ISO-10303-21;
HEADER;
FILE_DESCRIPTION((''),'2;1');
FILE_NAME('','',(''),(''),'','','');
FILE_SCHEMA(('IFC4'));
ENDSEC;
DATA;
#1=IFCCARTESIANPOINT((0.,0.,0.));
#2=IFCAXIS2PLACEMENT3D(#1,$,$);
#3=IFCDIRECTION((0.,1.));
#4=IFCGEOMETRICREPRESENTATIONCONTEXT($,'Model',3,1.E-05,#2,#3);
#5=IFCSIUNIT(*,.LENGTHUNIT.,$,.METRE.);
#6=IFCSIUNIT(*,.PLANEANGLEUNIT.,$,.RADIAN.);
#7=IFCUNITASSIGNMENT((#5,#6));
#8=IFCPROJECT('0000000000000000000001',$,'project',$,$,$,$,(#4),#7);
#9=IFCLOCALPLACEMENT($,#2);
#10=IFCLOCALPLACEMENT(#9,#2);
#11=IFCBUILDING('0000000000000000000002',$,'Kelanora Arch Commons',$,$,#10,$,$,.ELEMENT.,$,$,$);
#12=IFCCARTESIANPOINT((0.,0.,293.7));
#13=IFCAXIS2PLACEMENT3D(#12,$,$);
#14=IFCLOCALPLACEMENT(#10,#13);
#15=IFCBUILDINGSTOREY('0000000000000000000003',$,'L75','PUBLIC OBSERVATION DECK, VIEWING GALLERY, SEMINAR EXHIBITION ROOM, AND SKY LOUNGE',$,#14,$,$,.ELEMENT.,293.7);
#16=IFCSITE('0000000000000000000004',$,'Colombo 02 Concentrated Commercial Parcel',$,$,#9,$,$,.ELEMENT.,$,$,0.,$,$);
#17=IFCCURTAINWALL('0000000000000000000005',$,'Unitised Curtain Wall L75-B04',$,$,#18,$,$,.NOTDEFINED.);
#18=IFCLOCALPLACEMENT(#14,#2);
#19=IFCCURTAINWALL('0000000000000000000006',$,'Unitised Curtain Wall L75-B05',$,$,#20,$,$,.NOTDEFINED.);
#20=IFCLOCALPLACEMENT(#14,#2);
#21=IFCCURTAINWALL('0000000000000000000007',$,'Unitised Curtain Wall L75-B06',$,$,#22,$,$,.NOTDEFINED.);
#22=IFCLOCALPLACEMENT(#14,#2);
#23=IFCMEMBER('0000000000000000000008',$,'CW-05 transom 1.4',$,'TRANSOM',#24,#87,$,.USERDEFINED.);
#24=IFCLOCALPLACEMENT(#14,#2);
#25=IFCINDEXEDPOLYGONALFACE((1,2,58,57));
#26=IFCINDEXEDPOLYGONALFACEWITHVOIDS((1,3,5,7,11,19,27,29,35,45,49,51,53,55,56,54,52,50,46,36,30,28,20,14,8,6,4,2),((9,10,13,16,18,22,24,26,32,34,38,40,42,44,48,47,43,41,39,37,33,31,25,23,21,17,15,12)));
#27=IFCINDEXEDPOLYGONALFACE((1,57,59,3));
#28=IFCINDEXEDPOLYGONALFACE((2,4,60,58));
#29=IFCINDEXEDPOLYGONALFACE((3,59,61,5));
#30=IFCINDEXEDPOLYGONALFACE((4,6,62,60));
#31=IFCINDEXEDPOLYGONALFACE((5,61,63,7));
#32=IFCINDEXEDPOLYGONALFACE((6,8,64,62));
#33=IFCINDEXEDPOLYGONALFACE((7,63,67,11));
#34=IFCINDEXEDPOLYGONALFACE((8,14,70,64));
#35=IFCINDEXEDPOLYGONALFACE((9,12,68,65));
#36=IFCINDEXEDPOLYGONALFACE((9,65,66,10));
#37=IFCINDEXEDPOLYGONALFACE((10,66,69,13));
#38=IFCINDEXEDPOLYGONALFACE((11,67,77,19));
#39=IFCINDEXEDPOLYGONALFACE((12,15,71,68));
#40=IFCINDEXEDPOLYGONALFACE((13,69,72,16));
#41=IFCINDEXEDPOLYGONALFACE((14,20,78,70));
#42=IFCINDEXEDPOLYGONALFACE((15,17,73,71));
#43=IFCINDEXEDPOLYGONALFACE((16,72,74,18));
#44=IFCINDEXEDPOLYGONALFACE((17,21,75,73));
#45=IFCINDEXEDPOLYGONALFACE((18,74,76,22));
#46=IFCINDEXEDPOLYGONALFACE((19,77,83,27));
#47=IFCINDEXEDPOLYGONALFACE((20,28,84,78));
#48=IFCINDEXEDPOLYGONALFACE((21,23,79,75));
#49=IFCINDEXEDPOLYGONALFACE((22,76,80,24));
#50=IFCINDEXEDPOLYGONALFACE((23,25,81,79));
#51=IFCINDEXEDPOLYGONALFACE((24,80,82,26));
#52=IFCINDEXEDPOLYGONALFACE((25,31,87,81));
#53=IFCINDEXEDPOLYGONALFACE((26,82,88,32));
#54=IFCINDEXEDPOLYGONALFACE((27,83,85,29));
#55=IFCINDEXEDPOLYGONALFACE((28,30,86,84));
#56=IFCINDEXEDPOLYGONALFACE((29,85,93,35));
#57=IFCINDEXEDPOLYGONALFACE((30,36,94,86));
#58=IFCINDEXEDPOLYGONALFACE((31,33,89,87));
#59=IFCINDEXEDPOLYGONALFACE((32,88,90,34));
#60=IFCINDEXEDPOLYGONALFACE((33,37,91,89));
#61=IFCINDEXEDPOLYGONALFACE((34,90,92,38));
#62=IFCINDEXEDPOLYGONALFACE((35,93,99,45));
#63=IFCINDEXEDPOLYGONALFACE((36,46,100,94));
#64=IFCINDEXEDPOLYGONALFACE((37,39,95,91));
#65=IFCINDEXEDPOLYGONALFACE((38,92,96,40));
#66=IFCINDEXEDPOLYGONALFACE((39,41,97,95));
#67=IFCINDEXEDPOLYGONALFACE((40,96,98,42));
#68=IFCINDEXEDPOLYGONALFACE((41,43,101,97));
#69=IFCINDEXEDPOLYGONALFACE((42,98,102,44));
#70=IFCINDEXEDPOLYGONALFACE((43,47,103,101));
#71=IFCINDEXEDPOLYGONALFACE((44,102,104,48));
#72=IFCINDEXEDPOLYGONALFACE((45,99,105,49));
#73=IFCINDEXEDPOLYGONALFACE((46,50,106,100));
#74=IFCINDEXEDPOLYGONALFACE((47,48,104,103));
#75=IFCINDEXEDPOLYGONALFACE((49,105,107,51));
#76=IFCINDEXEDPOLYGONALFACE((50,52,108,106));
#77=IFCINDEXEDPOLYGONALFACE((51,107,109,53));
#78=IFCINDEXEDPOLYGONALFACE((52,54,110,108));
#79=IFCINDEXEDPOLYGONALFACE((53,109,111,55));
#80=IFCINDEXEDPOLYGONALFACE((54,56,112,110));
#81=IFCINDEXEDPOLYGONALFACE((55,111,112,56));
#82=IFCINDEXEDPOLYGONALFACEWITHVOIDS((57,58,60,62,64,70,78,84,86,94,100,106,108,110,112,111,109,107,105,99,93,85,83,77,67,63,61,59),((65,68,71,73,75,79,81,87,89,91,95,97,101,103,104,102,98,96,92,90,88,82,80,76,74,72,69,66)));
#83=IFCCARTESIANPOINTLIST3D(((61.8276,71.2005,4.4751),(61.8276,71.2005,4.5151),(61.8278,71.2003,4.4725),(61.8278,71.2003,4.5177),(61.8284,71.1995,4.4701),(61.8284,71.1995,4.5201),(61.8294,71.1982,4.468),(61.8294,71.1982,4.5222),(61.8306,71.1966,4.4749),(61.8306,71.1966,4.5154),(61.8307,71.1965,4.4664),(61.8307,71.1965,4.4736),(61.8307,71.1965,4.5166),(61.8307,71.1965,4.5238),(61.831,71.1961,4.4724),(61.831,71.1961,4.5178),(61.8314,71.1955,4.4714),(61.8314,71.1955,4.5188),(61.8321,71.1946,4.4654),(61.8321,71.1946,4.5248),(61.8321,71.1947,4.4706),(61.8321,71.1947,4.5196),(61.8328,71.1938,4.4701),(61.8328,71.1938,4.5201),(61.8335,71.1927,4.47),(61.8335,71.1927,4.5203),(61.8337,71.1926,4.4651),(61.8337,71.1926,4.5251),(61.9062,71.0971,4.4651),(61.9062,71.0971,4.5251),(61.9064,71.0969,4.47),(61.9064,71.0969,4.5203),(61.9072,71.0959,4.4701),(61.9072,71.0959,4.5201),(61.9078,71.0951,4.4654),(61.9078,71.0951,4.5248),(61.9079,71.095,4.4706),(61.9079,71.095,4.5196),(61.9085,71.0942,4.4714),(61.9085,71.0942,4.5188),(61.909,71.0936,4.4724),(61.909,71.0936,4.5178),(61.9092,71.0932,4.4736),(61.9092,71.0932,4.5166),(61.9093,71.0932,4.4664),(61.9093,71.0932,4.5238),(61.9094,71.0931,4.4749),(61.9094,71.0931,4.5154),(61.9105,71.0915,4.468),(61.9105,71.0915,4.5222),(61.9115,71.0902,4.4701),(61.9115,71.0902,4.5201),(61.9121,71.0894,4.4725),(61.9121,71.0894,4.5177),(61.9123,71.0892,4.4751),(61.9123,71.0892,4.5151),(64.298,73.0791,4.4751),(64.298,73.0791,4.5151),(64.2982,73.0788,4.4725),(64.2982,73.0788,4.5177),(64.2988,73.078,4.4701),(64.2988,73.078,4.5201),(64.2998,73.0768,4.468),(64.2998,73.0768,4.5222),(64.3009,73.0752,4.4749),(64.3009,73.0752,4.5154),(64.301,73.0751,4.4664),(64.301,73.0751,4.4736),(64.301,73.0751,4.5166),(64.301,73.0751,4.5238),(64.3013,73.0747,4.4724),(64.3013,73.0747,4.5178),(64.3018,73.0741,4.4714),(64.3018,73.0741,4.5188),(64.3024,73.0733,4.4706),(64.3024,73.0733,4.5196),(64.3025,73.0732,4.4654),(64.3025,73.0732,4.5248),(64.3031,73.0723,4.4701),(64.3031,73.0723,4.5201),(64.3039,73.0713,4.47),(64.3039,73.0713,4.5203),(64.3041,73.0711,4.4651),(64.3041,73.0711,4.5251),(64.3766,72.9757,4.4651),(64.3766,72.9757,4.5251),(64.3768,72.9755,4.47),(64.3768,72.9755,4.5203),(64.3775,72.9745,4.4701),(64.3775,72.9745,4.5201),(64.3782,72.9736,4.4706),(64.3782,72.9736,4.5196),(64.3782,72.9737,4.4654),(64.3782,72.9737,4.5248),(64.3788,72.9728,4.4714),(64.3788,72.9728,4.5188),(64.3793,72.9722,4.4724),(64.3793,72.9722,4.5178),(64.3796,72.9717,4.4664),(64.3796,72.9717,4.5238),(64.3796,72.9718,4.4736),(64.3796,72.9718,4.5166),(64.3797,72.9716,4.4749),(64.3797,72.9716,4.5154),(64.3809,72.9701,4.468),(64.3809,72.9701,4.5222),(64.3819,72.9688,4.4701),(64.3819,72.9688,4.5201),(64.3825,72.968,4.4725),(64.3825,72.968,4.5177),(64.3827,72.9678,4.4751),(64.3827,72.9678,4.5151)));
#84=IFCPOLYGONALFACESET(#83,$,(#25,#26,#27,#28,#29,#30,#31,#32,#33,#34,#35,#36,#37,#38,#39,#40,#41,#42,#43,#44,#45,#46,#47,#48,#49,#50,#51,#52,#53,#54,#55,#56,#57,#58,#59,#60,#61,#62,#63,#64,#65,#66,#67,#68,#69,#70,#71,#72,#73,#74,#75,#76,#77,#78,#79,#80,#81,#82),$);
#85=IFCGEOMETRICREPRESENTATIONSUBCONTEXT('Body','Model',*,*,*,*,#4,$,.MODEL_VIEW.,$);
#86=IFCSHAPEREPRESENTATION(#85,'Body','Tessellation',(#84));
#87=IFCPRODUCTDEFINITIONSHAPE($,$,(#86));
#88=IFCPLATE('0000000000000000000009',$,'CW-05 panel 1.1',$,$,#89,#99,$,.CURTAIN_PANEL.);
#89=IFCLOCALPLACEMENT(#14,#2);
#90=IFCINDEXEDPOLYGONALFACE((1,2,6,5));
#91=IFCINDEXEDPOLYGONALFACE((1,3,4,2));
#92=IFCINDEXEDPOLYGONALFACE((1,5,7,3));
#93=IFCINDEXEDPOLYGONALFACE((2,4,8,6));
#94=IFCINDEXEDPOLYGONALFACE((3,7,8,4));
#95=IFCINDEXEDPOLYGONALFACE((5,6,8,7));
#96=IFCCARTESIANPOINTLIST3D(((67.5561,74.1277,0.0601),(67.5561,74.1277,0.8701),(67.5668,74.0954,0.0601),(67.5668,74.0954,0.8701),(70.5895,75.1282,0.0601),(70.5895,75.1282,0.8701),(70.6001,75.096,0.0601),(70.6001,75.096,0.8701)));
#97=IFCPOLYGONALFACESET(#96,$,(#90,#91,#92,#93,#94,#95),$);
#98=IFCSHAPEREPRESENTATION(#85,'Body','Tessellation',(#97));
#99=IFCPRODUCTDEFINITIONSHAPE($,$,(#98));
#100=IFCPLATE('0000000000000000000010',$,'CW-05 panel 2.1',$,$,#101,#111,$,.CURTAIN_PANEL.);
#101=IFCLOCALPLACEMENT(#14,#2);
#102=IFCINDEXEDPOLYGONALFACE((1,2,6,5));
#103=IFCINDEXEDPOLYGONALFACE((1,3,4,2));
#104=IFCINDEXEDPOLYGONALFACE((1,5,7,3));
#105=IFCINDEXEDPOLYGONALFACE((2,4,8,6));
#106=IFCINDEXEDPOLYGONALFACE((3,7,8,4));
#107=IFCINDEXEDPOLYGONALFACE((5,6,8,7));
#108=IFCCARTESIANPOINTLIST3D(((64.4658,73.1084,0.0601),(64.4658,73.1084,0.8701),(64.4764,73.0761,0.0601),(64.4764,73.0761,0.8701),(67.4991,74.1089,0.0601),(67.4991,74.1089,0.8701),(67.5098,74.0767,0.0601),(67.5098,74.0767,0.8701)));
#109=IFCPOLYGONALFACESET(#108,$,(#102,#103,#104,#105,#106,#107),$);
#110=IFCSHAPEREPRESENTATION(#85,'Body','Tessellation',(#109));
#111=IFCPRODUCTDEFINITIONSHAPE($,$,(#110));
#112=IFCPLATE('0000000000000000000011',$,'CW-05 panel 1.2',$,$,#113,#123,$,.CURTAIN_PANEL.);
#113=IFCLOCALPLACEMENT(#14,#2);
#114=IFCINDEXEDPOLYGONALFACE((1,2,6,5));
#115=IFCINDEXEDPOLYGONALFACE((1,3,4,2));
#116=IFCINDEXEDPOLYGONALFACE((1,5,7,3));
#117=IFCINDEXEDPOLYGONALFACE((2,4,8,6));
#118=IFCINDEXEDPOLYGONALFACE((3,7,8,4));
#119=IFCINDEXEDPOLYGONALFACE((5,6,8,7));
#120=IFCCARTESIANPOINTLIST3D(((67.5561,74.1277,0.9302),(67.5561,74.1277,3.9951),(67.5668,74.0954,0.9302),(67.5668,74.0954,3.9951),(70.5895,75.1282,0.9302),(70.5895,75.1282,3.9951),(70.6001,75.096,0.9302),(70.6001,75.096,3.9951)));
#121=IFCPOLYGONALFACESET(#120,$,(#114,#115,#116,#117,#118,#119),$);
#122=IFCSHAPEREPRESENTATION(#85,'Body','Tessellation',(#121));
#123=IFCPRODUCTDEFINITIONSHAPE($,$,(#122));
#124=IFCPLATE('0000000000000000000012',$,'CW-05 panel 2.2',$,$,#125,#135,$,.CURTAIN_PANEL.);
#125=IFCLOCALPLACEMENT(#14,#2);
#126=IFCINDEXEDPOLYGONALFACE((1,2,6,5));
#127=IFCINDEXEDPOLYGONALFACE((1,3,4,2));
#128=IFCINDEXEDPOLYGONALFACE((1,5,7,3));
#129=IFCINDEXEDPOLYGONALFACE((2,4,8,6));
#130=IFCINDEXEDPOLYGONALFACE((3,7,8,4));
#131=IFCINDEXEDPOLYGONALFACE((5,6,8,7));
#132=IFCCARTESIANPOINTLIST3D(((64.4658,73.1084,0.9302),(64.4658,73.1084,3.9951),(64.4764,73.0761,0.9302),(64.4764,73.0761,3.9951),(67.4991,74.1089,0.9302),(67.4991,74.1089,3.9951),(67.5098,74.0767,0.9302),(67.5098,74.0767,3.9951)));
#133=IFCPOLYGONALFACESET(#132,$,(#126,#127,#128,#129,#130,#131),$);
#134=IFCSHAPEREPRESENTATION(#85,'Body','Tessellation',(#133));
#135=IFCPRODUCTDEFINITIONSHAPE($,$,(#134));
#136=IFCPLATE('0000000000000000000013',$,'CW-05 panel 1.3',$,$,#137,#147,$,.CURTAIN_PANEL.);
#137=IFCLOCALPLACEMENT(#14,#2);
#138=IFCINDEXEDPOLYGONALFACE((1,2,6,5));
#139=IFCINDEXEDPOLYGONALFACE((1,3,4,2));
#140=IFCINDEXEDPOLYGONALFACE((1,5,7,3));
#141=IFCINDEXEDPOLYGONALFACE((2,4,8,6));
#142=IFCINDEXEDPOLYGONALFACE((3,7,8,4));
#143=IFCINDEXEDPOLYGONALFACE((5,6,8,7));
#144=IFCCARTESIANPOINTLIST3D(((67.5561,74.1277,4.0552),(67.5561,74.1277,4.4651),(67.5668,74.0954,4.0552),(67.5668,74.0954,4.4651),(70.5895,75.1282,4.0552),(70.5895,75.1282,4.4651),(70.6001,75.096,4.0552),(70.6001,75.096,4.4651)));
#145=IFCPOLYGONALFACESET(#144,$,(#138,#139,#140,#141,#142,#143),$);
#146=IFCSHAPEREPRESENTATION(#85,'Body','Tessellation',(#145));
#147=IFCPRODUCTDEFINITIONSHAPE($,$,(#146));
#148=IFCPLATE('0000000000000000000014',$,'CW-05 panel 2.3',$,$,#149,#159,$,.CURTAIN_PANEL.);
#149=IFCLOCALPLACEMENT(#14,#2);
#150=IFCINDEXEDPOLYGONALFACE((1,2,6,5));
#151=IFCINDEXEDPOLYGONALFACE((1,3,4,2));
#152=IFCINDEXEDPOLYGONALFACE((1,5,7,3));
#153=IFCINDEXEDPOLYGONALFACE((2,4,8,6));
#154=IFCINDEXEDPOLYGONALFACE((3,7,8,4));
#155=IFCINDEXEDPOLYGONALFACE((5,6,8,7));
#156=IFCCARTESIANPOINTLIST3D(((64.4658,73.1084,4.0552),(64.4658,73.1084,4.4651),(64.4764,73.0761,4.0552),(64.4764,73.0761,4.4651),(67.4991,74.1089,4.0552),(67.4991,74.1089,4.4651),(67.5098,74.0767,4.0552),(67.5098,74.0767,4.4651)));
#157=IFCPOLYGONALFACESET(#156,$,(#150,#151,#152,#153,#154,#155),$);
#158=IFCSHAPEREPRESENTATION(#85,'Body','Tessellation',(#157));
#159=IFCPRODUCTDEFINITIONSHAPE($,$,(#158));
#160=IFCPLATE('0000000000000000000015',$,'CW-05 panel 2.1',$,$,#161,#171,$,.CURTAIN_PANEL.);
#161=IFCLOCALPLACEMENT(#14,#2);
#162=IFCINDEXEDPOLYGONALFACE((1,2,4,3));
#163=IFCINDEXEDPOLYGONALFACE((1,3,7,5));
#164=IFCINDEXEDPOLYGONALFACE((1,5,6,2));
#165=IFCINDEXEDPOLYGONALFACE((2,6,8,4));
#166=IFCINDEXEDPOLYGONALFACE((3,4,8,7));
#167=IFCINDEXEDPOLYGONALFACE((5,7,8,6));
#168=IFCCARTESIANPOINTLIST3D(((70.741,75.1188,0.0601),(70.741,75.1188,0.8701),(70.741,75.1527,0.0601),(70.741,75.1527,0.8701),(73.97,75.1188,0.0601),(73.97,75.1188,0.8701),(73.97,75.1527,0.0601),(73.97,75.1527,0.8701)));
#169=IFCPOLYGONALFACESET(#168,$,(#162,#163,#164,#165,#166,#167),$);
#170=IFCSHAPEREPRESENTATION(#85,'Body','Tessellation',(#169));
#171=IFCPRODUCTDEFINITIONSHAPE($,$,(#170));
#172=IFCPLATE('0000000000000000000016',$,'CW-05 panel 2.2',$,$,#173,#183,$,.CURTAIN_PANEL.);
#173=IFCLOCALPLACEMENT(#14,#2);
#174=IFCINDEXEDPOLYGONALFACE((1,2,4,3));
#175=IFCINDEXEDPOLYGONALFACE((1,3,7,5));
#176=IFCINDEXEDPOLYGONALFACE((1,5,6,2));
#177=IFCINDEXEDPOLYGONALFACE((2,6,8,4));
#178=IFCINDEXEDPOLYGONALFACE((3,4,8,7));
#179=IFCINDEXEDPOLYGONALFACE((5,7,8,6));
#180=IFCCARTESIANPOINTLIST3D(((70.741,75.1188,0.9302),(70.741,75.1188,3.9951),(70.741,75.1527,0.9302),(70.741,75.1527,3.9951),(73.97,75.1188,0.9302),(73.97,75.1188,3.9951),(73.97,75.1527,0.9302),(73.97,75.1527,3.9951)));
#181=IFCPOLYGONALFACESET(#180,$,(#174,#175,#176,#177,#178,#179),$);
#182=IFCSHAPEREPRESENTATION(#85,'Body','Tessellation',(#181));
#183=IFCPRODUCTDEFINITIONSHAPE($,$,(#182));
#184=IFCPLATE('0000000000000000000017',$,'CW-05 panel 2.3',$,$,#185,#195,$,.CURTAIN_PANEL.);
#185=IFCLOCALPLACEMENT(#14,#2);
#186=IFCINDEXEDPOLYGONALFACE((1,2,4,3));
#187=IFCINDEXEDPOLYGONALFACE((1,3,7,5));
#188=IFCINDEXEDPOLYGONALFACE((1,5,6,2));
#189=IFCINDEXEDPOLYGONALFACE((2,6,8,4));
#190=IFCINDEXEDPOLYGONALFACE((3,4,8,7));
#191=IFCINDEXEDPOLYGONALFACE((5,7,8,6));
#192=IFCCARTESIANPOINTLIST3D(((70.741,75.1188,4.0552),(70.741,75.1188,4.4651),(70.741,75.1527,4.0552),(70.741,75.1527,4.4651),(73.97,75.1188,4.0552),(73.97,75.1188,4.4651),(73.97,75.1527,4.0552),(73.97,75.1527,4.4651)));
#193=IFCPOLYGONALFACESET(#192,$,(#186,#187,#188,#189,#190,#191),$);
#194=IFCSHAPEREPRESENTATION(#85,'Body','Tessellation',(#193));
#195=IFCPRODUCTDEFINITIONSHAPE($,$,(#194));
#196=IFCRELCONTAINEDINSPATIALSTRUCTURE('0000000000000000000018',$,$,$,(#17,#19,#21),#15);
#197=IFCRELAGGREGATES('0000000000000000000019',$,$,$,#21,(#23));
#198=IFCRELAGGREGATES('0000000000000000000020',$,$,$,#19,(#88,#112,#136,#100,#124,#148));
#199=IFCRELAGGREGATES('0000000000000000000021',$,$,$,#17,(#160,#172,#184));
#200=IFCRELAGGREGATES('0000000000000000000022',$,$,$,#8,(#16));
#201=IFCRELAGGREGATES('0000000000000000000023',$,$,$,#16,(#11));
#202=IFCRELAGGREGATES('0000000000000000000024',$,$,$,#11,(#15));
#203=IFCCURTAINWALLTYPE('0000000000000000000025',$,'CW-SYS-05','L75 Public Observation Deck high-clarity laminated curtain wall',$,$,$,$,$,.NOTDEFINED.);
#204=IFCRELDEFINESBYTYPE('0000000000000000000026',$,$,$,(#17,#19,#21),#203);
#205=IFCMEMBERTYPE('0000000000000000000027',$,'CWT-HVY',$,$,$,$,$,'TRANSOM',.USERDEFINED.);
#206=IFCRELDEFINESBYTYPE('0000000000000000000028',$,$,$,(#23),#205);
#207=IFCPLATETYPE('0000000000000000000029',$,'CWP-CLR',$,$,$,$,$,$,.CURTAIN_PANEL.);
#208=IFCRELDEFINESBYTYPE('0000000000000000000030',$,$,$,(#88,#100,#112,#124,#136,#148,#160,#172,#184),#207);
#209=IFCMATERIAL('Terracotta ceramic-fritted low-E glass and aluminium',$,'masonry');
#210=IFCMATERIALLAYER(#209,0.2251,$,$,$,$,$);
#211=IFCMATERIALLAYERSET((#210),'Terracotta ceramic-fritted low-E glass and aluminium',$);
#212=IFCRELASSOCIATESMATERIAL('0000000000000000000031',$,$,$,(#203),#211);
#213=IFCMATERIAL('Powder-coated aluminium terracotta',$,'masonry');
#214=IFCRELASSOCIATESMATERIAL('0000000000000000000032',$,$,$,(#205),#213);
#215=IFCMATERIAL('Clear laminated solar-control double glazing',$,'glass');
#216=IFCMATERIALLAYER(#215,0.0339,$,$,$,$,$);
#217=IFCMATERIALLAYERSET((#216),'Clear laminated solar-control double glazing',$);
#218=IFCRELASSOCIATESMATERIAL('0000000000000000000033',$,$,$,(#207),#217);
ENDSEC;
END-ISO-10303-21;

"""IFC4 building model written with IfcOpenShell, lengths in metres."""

from ifc_helpers import new_model, si_unit, direction, frame, origin, origin_2d, place, context, subcontext, project, spatial, rectangle, hollow_rectangle, extrude, source, transform, mapped, material, layer, layer_set, material_profile, profile_set, type_object, element, aggregate, save


model = new_model("IFC4")

# Units and contexts
model_context = context("Model", 3, precision=1e-05, world=origin(), true_north=direction((0.0, 1.0)))
body_context = subcontext(model_context, "Body", "Model", "MODEL_VIEW")
ifc_project = project(units=[si_unit("LENGTHUNIT", "METRE"), si_unit("PLANEANGLEUNIT", "RADIAN")], contexts=[model_context])

# Site, building, storey
site_placement = place(None, origin())
site = spatial("IfcSite", under=ifc_project, at=site_placement, Name="Colombo 02 Concentrated Commercial Parcel", CompositionType="ELEMENT", RefElevation=0.0)
building_placement = place(site_placement, origin())
building = spatial("IfcBuilding", under=site, at=building_placement, Name="Kelanora Arch Commons", CompositionType="ELEMENT")
storey_placement = place(building_placement, frame((0.0, 0.0, 293.7)))
storey = spatial("IfcBuildingStorey", under=building, at=storey_placement, Name="L75", Description="PUBLIC OBSERVATION DECK, VIEWING GALLERY, SEMINAR EXHIBITION ROOM, AND SKY LOUNGE", CompositionType="ELEMENT", Elevation=293.7)

# Curtain wall
ifc_material_1 = material(Name="Terracotta ceramic-fritted low-E glass and aluminium", Category="masonry")
ifc_layer_1 = layer(ifc_material_1, 0.2251)
ifc_layer_set_1 = layer_set([ifc_layer_1], Name="Terracotta ceramic-fritted low-E glass and aluminium")
curtain_wall_type = type_object("IfcCurtainWallType", Name="CW-SYS-05", Description="L75 Public Observation Deck high-clarity laminated curtain wall", PredefinedType="NOTDEFINED", material=ifc_layer_set_1)
curtain_wall_1_placement = place(storey_placement, origin())
curtain_wall_1 = element("IfcCurtainWall", 1, at=curtain_wall_1_placement, inside=storey, type_object=curtain_wall_type, Name="Unitised Curtain Wall L75-B04", PredefinedType="NOTDEFINED")
ifc_material_2 = material(Name="Powder-coated aluminium terracotta", Category="masonry")

# Curtain wall
curtain_wall_2_placement = place(storey_placement, origin())
curtain_wall_2 = element("IfcCurtainWall", 2, at=curtain_wall_2_placement, inside=storey, type_object=curtain_wall_type, Name="Unitised Curtain Wall L75-B05", PredefinedType="NOTDEFINED")

# Curtain wall
curtain_wall_3_placement = place(storey_placement, origin())
curtain_wall_3 = element("IfcCurtainWall", 3, at=curtain_wall_3_placement, inside=storey, type_object=curtain_wall_type, Name="Unitised Curtain Wall L75-B06", PredefinedType="NOTDEFINED")

# Member
ifc_material_profile_1 = material_profile(ifc_material_2, hollow_rectangle(XDim=0.1399, YDim=0.0601, WallThickness=0.0049, InnerFilletRadius=0.0049, OuterFilletRadius=0.01, at=origin_2d()), Name="CWT140x60")
ifc_profile_set_1 = profile_set([ifc_material_profile_1], Name="Powder-coated aluminium terracotta")
member_type_1 = type_object("IfcMemberType", Name="CWT-HVY", ElementType="TRANSOM", PredefinedType="USERDEFINED", material=ifc_profile_set_1)
member_1_placement = place(storey_placement, frame((64.3403, 73.0234, 4.4951), z_axis=(-0.795989, -0.605311, 0.0), x_axis=(0.605311, -0.795989, 0.0)))
member_1 = element("IfcMember", 4, at=member_1_placement, type_object=member_type_1, Name="CW-05 transom 1.4", ObjectType="TRANSOM", PredefinedType="USERDEFINED", context=body_context, shape_type="SweptSolid", body=[
    extrude(hollow_rectangle(XDim=0.1399, YDim=0.0601, WallThickness=0.0049, InnerFilletRadius=0.0049, OuterFilletRadius=0.01, at=origin_2d()), origin(), (0.0, 0.0, 1.0), 3.1035),
])
aggregate(curtain_wall_3, [member_1])

# Plates
ifc_material_3 = material(Name="Clear laminated solar-control double glazing", Category="glass")
ifc_layer_2 = layer(ifc_material_3, 0.0339)
ifc_layer_set_2 = layer_set([ifc_layer_2], Name="Clear laminated solar-control double glazing")
plate_type = type_object("IfcPlateType", Name="CWP-CLR", PredefinedType="CURTAIN_PANEL", material=ifc_layer_set_2)
shared_shape_1 = source(origin(), body_context, "Body", "SweptSolid", [
    extrude(rectangle(XDim=3.1941, YDim=0.0339, at=origin_2d()), origin(), (0.0, 0.0, 1.0), 0.8101),
])
plate_1_placement = place(storey_placement, frame((69.0781, 74.6118, 0.0601), z_axis=(0.0, 0.0, 1.0), x_axis=(-0.94967, -0.313253, 0.0)))
plate_1 = element("IfcPlate", 5, at=plate_1_placement, type_object=plate_type, Name="CW-05 panel 1.1", PredefinedType="CURTAIN_PANEL", context=body_context, shape_type="MappedRepresentation", body=[
    mapped(shared_shape_1, transform((0.0, 0.0, 0.0), scale=1.0)),
])
plate_2_placement = place(storey_placement, frame((65.9878, 73.5925, 0.0601), z_axis=(0.0, 0.0, 1.0), x_axis=(-0.94967, -0.313253, 0.0)))
plate_2 = element("IfcPlate", 6, at=plate_2_placement, type_object=plate_type, Name="CW-05 panel 2.1", PredefinedType="CURTAIN_PANEL", context=body_context, shape_type="MappedRepresentation", body=[
    mapped(shared_shape_1, transform((0.0, 0.0, 0.0), scale=1.0)),
])
shared_shape_2 = source(origin(), body_context, "Body", "SweptSolid", [
    extrude(rectangle(XDim=3.1941, YDim=0.0339, at=origin_2d()), origin(), (0.0, 0.0, 1.0), 3.0649),
])
plate_3_placement = place(storey_placement, frame((69.0781, 74.6118, 0.9302), z_axis=(0.0, 0.0, 1.0), x_axis=(-0.94967, -0.313253, 0.0)))
plate_3 = element("IfcPlate", 7, at=plate_3_placement, type_object=plate_type, Name="CW-05 panel 1.2", PredefinedType="CURTAIN_PANEL", context=body_context, shape_type="MappedRepresentation", body=[
    mapped(shared_shape_2, transform((0.0, 0.0, 0.0), scale=1.0)),
])
plate_4_placement = place(storey_placement, frame((65.9878, 73.5925, 0.9302), z_axis=(0.0, 0.0, 1.0), x_axis=(-0.94967, -0.313253, 0.0)))
plate_4 = element("IfcPlate", 8, at=plate_4_placement, type_object=plate_type, Name="CW-05 panel 2.2", PredefinedType="CURTAIN_PANEL", context=body_context, shape_type="MappedRepresentation", body=[
    mapped(shared_shape_2, transform((0.0, 0.0, 0.0), scale=1.0)),
])
shared_shape_3 = source(origin(), body_context, "Body", "SweptSolid", [
    extrude(rectangle(XDim=3.1941, YDim=0.0339, at=origin_2d()), origin(), (0.0, 0.0, 1.0), 0.4099),
])
plate_5_placement = place(storey_placement, frame((69.0781, 74.6118, 4.0552), z_axis=(0.0, 0.0, 1.0), x_axis=(-0.94967, -0.313253, 0.0)))
plate_5 = element("IfcPlate", 9, at=plate_5_placement, type_object=plate_type, Name="CW-05 panel 1.3", PredefinedType="CURTAIN_PANEL", context=body_context, shape_type="MappedRepresentation", body=[
    mapped(shared_shape_3, transform((0.0, 0.0, 0.0), scale=1.0)),
])
plate_6_placement = place(storey_placement, frame((65.9878, 73.5925, 4.0552), z_axis=(0.0, 0.0, 1.0), x_axis=(-0.94967, -0.313253, 0.0)))
plate_6 = element("IfcPlate", 10, at=plate_6_placement, type_object=plate_type, Name="CW-05 panel 2.3", PredefinedType="CURTAIN_PANEL", context=body_context, shape_type="MappedRepresentation", body=[
    mapped(shared_shape_3, transform((0.0, 0.0, 0.0), scale=1.0)),
])
aggregate(curtain_wall_2, [plate_1, plate_3, plate_5, plate_2, plate_4, plate_6])
shared_shape_4 = source(origin(), body_context, "Body", "SweptSolid", [
    extrude(rectangle(XDim=3.229, YDim=0.0339, at=origin_2d()), origin(), (0.0, 0.0, 1.0), 0.8101),
])
plate_7_placement = place(storey_placement, frame((72.3555, 75.1357, 0.0601), z_axis=(0.0, 0.0, 1.0), x_axis=(-1.0, 0.0, 0.0)))
plate_7 = element("IfcPlate", 11, at=plate_7_placement, type_object=plate_type, Name="CW-05 panel 2.1", PredefinedType="CURTAIN_PANEL", context=body_context, shape_type="MappedRepresentation", body=[
    mapped(shared_shape_4, transform((0.0, 0.0, 0.0), scale=1.0)),
])
shared_shape_5 = source(origin(), body_context, "Body", "SweptSolid", [
    extrude(rectangle(XDim=3.229, YDim=0.0339, at=origin_2d()), origin(), (0.0, 0.0, 1.0), 3.0649),
])
plate_8_placement = place(storey_placement, frame((72.3555, 75.1357, 0.9302), z_axis=(0.0, 0.0, 1.0), x_axis=(-1.0, 0.0, 0.0)))
plate_8 = element("IfcPlate", 12, at=plate_8_placement, type_object=plate_type, Name="CW-05 panel 2.2", PredefinedType="CURTAIN_PANEL", context=body_context, shape_type="MappedRepresentation", body=[
    mapped(shared_shape_5, transform((0.0, 0.0, 0.0), scale=1.0)),
])
shared_shape_6 = source(origin(), body_context, "Body", "SweptSolid", [
    extrude(rectangle(XDim=3.229, YDim=0.0339, at=origin_2d()), origin(), (0.0, 0.0, 1.0), 0.4099),
])
plate_9_placement = place(storey_placement, frame((72.3555, 75.1357, 4.0552), z_axis=(0.0, 0.0, 1.0), x_axis=(-1.0, 0.0, 0.0)))
plate_9 = element("IfcPlate", 13, at=plate_9_placement, type_object=plate_type, Name="CW-05 panel 2.3", PredefinedType="CURTAIN_PANEL", context=body_context, shape_type="MappedRepresentation", body=[
    mapped(shared_shape_6, transform((0.0, 0.0, 0.0), scale=1.0)),
])
aggregate(curtain_wall_1, [plate_7, plate_8, plate_9])

save(model, "model.ifc")
